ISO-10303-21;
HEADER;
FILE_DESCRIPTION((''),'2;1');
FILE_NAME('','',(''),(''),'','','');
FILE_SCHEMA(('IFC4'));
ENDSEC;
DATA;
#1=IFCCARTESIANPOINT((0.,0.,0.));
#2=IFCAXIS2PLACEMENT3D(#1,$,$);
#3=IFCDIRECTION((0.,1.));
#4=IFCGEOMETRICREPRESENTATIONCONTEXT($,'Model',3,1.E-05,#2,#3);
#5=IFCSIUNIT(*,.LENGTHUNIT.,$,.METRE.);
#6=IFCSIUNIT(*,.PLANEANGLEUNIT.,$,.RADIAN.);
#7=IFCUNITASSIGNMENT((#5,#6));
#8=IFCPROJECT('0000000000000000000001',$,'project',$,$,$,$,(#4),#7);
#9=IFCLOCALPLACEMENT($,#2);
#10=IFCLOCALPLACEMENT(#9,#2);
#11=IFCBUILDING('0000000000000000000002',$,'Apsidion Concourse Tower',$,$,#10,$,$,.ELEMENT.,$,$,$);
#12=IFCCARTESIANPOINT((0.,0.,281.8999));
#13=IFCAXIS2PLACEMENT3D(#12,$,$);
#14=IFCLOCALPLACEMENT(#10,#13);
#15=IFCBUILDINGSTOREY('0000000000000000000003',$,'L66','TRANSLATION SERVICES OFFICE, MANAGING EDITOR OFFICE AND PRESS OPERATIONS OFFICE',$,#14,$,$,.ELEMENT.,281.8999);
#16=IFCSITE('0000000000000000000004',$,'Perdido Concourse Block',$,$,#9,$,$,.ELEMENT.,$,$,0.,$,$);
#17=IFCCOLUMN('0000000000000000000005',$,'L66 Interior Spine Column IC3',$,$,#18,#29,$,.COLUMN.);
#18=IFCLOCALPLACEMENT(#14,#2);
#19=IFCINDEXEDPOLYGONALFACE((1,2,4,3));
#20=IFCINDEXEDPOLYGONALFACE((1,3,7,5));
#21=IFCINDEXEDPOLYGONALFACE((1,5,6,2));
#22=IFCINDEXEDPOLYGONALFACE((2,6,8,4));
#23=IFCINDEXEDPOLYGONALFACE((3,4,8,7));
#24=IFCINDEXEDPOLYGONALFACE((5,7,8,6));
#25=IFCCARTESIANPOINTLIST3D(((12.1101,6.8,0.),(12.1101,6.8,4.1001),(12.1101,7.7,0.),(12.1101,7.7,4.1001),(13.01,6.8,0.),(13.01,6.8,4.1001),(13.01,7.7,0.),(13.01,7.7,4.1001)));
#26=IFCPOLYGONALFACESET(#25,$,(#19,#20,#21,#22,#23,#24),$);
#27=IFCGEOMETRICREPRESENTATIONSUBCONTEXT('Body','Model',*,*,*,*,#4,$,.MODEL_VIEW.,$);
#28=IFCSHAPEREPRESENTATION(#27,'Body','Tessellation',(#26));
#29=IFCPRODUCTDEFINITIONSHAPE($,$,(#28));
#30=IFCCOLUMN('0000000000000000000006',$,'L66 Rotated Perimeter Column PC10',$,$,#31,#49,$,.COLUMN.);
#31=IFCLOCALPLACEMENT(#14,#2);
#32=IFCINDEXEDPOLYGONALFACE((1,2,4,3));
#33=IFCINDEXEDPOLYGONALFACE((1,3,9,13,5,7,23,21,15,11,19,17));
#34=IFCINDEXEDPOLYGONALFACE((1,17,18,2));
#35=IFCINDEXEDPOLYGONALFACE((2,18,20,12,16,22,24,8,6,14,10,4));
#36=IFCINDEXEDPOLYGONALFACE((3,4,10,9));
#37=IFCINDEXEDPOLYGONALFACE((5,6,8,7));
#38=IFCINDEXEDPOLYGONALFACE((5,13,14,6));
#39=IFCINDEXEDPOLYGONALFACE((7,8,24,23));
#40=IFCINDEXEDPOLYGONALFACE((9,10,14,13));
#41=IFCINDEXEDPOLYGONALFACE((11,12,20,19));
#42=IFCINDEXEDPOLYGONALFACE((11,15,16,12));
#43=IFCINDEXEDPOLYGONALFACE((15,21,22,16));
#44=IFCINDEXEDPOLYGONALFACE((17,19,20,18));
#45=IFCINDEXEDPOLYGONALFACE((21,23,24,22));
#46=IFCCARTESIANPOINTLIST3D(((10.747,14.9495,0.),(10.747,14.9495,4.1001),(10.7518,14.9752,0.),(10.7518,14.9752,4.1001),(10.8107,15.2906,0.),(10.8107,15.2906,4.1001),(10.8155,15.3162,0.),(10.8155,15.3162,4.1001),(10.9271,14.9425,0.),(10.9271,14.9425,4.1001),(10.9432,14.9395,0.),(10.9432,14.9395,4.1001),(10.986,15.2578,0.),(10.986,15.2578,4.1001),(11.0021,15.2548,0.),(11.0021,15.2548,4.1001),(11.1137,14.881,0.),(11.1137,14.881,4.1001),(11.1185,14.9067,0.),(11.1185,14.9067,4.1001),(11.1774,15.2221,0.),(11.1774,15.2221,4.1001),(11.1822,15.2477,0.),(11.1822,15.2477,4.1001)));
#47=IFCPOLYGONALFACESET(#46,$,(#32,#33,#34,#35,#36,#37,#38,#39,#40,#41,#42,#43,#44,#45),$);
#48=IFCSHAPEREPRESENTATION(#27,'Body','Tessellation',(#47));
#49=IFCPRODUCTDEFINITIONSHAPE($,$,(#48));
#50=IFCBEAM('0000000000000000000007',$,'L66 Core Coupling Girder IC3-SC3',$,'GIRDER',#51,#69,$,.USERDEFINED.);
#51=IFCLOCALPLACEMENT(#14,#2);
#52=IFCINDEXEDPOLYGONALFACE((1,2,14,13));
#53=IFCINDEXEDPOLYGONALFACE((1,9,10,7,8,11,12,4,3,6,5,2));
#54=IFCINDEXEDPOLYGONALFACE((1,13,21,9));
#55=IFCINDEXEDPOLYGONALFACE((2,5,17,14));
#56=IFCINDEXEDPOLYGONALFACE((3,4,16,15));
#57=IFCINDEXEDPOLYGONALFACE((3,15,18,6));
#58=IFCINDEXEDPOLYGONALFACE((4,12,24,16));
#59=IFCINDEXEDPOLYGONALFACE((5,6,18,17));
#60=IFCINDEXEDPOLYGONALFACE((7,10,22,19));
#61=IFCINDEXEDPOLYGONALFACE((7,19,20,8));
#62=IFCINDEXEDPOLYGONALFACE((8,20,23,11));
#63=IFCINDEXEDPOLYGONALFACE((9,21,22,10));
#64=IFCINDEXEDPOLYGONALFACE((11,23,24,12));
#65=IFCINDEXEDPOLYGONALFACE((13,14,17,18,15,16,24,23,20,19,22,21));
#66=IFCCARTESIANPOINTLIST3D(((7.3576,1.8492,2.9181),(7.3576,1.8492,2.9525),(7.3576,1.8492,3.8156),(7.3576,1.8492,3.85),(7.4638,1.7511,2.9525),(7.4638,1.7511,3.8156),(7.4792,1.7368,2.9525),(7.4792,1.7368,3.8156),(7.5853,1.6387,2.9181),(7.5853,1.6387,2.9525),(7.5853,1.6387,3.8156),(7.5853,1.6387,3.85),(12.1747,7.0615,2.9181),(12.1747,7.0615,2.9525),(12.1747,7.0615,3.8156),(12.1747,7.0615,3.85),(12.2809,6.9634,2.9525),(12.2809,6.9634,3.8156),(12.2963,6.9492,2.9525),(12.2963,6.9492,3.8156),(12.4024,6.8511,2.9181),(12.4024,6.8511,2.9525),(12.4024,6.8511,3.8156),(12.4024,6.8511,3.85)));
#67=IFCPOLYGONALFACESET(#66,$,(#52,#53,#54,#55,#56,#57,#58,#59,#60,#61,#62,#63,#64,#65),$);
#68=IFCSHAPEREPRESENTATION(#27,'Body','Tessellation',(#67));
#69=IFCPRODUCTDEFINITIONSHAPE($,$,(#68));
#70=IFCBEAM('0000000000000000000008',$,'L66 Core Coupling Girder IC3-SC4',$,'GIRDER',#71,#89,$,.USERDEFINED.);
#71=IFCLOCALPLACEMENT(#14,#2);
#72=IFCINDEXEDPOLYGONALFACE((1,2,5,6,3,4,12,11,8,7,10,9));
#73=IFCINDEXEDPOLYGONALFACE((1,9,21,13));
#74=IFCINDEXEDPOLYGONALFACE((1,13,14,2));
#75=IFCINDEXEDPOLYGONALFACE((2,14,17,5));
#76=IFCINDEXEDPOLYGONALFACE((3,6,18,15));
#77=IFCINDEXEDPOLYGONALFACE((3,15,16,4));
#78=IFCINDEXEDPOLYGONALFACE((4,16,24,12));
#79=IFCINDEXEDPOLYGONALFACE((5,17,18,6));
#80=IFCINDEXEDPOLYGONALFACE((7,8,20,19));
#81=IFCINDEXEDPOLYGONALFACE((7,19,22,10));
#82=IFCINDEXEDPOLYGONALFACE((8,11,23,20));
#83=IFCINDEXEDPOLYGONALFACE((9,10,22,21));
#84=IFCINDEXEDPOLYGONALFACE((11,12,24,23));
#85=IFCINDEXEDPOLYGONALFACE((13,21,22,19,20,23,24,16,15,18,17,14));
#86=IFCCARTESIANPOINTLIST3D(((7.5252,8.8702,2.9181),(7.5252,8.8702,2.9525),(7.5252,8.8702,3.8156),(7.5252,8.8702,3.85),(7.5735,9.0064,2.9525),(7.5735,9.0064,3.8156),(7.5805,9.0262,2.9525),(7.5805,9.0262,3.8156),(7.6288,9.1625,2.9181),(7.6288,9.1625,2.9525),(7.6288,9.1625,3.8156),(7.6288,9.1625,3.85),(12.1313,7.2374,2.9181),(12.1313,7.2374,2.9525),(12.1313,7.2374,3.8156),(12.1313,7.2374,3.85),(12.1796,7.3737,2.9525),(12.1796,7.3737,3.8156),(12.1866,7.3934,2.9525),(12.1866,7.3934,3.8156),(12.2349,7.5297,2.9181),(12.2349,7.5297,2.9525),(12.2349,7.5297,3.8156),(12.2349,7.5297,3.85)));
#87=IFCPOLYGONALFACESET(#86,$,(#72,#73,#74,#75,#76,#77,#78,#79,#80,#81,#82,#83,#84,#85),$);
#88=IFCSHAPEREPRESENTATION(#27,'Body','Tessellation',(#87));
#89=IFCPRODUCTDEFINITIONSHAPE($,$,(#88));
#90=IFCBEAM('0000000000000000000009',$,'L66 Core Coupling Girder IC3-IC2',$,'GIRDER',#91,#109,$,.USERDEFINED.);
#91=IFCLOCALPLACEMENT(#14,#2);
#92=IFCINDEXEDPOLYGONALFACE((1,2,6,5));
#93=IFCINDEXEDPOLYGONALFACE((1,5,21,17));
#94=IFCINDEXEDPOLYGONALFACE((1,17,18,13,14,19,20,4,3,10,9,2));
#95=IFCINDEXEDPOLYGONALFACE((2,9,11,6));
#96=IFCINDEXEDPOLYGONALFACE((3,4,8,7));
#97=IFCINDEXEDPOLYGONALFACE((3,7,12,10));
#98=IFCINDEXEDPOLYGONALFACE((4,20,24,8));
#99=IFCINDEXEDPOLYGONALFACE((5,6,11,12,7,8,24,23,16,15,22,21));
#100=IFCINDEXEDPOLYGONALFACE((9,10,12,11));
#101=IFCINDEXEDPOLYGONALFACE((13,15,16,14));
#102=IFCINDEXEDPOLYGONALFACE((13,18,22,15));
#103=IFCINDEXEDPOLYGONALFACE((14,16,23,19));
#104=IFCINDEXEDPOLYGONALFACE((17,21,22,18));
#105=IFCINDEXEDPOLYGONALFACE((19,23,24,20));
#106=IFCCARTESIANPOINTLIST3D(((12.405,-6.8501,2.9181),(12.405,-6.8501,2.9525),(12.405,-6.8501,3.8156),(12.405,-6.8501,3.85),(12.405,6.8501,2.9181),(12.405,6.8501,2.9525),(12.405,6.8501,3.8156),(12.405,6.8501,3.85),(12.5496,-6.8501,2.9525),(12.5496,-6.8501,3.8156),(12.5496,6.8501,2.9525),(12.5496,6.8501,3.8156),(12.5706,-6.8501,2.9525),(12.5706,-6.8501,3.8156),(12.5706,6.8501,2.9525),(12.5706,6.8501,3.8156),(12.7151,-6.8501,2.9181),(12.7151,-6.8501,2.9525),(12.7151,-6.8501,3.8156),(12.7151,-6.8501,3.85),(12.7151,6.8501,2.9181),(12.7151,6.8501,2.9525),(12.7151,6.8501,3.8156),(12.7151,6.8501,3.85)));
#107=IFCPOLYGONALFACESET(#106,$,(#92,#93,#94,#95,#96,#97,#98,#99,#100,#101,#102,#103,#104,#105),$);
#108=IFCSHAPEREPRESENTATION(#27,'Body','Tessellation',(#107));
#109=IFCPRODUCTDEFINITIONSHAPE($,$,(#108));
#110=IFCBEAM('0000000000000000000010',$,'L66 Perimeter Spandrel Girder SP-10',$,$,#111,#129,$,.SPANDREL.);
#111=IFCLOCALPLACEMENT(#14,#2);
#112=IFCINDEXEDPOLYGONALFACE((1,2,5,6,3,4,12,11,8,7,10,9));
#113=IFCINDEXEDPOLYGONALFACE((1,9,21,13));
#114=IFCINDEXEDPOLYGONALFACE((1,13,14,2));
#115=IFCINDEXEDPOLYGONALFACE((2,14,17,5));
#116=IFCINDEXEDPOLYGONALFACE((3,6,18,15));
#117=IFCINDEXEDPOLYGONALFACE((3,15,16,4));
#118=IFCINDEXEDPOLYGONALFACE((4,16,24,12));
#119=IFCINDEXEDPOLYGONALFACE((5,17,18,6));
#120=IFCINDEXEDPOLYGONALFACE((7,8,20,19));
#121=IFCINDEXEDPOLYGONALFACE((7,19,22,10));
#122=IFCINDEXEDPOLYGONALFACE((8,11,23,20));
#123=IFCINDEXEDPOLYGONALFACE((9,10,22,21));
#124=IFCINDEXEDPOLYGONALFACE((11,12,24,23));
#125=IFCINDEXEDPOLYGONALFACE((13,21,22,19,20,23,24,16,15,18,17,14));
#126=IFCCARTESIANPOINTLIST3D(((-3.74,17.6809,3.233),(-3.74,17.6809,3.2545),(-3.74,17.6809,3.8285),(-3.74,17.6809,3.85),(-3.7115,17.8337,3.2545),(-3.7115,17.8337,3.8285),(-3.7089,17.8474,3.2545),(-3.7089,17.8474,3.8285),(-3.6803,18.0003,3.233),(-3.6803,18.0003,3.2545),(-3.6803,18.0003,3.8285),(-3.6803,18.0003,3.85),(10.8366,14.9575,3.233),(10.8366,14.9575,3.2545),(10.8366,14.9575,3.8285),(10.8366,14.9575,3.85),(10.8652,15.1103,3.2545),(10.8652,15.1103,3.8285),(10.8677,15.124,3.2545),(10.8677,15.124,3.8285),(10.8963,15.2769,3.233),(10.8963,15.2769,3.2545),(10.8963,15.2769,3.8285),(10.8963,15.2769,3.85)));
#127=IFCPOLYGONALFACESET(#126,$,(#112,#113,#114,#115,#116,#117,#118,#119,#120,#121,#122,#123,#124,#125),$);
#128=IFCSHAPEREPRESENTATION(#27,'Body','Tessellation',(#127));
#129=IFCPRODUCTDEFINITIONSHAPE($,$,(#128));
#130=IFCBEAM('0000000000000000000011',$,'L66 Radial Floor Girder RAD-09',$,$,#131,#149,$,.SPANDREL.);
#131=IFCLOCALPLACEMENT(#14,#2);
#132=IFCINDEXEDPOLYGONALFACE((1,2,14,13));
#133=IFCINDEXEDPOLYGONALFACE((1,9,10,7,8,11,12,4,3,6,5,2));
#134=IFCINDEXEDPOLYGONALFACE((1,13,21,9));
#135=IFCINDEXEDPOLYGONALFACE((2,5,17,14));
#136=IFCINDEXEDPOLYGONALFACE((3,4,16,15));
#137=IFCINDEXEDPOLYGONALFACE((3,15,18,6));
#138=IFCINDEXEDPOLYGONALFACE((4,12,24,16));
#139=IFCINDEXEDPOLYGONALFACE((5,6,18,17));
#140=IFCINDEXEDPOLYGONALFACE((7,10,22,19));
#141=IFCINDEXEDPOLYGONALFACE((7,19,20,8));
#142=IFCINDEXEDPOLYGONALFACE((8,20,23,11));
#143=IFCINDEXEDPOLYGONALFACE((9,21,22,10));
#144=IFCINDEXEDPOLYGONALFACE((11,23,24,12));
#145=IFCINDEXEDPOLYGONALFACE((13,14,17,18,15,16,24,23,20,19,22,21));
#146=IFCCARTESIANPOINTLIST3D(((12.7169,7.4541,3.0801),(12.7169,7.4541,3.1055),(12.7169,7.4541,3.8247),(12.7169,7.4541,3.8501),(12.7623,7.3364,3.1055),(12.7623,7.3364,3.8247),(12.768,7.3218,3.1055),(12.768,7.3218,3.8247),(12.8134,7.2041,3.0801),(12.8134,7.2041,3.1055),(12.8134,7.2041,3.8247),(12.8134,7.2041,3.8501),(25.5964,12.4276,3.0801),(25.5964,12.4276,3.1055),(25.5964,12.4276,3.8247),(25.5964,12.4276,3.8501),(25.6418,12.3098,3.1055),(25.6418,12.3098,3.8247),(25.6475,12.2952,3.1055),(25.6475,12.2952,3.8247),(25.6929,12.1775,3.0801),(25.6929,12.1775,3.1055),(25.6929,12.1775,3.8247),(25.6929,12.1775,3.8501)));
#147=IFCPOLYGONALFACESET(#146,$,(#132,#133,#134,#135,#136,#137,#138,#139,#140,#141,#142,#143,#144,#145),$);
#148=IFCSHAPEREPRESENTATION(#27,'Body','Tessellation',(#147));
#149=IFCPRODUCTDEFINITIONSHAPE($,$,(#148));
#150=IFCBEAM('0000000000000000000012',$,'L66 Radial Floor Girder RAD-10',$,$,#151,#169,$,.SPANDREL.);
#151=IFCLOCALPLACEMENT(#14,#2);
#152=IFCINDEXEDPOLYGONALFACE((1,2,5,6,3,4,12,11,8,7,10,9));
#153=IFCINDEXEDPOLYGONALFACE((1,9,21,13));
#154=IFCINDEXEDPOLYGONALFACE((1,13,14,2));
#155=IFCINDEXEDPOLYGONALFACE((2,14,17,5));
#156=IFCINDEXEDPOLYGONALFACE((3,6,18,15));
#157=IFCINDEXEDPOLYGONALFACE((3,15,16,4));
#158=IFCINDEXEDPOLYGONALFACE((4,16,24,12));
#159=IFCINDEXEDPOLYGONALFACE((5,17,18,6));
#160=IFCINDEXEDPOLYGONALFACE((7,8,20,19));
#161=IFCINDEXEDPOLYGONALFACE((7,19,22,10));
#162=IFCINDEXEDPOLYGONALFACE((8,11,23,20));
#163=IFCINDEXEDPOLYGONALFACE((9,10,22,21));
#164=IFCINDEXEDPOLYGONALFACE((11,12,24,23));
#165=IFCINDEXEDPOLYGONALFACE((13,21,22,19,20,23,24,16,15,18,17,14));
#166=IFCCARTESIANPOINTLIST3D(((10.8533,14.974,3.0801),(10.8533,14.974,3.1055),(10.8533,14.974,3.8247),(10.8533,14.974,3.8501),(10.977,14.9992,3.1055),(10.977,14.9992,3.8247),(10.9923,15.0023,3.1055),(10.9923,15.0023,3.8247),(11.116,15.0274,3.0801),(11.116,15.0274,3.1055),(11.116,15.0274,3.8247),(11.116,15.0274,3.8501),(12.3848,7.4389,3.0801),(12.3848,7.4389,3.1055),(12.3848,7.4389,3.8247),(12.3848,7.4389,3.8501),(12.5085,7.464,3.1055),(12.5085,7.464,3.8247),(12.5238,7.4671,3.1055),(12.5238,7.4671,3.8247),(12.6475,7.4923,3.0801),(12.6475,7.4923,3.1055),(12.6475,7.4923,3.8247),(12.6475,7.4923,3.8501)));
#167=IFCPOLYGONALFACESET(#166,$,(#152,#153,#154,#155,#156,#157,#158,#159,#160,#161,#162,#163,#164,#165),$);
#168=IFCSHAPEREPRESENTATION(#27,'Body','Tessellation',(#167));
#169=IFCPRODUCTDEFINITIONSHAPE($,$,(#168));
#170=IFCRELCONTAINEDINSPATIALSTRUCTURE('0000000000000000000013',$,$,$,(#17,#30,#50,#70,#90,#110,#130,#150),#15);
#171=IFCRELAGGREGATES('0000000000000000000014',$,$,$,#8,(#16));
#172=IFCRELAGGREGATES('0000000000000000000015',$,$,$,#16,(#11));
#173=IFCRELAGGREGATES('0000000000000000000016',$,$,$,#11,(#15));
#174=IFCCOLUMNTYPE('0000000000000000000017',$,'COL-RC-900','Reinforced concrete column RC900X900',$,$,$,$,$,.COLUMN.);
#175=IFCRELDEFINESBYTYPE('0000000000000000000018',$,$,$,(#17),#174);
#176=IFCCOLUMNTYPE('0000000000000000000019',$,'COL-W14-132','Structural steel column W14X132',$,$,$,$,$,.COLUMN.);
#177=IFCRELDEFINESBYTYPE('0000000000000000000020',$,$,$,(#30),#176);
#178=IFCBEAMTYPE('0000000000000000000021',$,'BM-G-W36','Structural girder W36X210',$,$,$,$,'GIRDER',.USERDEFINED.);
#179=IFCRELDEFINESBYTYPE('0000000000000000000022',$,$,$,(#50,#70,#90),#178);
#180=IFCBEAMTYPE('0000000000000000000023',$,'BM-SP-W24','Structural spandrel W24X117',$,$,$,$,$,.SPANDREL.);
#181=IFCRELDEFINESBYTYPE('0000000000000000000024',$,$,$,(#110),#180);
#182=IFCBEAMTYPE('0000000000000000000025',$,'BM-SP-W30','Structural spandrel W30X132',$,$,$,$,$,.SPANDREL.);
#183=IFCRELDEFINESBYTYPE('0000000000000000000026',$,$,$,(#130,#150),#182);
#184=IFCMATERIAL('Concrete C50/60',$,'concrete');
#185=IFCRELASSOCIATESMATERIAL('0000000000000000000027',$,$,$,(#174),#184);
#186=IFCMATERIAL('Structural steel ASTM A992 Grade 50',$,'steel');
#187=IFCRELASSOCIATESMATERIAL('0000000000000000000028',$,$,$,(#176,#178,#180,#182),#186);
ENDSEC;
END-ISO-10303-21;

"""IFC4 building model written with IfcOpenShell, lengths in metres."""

from ifc_helpers import new_model, si_unit, direction, frame, origin, origin_2d, place, context, subcontext, project, spatial, rectangle, i_section, extrude, material, material_profile, profile_set, type_object, element, save


model = new_model("IFC4")

# Units and contexts
model_context = context("Model", 3, precision=1e-05, world=origin(), true_north=direction((0.0, 1.0)))
body_context = subcontext(model_context, "Body", "Model", "MODEL_VIEW")
ifc_project = project(units=[si_unit("LENGTHUNIT", "METRE"), si_unit("PLANEANGLEUNIT", "RADIAN")], contexts=[model_context])

# Site, building, storey
site_placement = place(None, origin())
site = spatial("IfcSite", under=ifc_project, at=site_placement, Name="Perdido Concourse Block", CompositionType="ELEMENT", RefElevation=0.0)
building_placement = place(site_placement, origin())
building = spatial("IfcBuilding", under=site, at=building_placement, Name="Apsidion Concourse Tower", CompositionType="ELEMENT")
storey_placement = place(building_placement, frame((0.0, 0.0, 281.8999)))
storey = spatial("IfcBuildingStorey", under=building, at=storey_placement, Name="L66", Description="TRANSLATION SERVICES OFFICE, MANAGING EDITOR OFFICE AND PRESS OPERATIONS OFFICE", CompositionType="ELEMENT", Elevation=281.8999)

# Columns
ifc_material_1 = material(Name="Concrete C50/60", Category="concrete")
ifc_material_profile_1 = material_profile(ifc_material_1, rectangle(XDim=0.8999, YDim=0.8999, at=origin_2d()), Name="RC 900x900")
ifc_profile_set_1 = profile_set([ifc_material_profile_1], Name="Concrete C50/60")
column_type_1 = type_object("IfcColumnType", Name="COL-RC-900", Description="Reinforced concrete column RC900X900", PredefinedType="COLUMN", material=ifc_profile_set_1)
column_1_placement = place(storey_placement, frame((12.5601, 7.25, 0.0), z_axis=(0.0, 0.0, 1.0), x_axis=(1.0, 0.0, 0.0)))
element("IfcColumn", 1, at=column_1_placement, inside=storey, type_object=column_type_1, Name="L66 Interior Spine Column IC3", PredefinedType="COLUMN", context=body_context, shape_type="SweptSolid", body=[
    extrude(rectangle(XDim=0.8999, YDim=0.8999, at=origin_2d()), origin(), (0.0, 0.0, 1.0), 4.1001),
])
ifc_material_2 = material(Name="Structural steel ASTM A992 Grade 50", Category="steel")
ifc_material_profile_2 = material_profile(ifc_material_2, i_section(OverallWidth=0.373, OverallDepth=0.373, WebThickness=0.0164, FlangeThickness=0.0261, at=origin_2d()), Name="W14X132")
ifc_profile_set_2 = profile_set([ifc_material_profile_2], Name="Structural steel ASTM A992 Grade 50")
column_type_2 = type_object("IfcColumnType", Name="COL-W14-132", Description="Structural steel column W14X132", PredefinedType="COLUMN", material=ifc_profile_set_2)
column_2_placement = place(storey_placement, frame((10.9646, 15.0986, 0.0), z_axis=(0.0, 0.0, 1.0), x_axis=(-0.983, 0.183608, 0.0)))
element("IfcColumn", 2, at=column_2_placement, inside=storey, type_object=column_type_2, Name="L66 Rotated Perimeter Column PC10", PredefinedType="COLUMN", context=body_context, shape_type="SweptSolid", body=[
    extrude(i_section(OverallWidth=0.373, OverallDepth=0.373, WebThickness=0.0164, FlangeThickness=0.0261, at=origin_2d()), origin(), (0.0, 0.0, 1.0), 4.1001),
])

# Beams
ifc_material_profile_3 = material_profile(ifc_material_2, i_section(OverallWidth=0.3101, OverallDepth=0.9319, WebThickness=0.021, FlangeThickness=0.0344, at=origin_2d()), Name="W36X210")
ifc_profile_set_3 = profile_set([ifc_material_profile_3], Name="Structural steel ASTM A992 Grade 50")
beam_type_1 = type_object("IfcBeamType", Name="BM-G-W36", Description="Structural girder W36X210", ElementType="GIRDER", PredefinedType="USERDEFINED", material=ifc_profile_set_3)
beam_1_placement = place(storey_placement, frame((12.2886, 6.9563, 3.384), z_axis=(-0.678713, -0.734404, 0.0), x_axis=(0.734404, -0.678713, 0.0)))
element("IfcBeam", 3, at=beam_1_placement, inside=storey, type_object=beam_type_1, Name="L66 Core Coupling Girder IC3-SC3", ObjectType="GIRDER", PredefinedType="USERDEFINED", context=body_context, shape_type="SweptSolid", body=[
    extrude(i_section(OverallWidth=0.3101, OverallDepth=0.9319, WebThickness=0.021, FlangeThickness=0.0344, at=origin_2d()), origin(), (0.0, 0.0, 1.0), 7.0974),
])
beam_2_placement = place(storey_placement, frame((12.1831, 7.3835, 3.384), z_axis=(-0.942534, 0.334111, 0.0), x_axis=(-0.334111, -0.942534, 0.0)))
element("IfcBeam", 4, at=beam_2_placement, inside=storey, type_object=beam_type_1, Name="L66 Core Coupling Girder IC3-SC4", ObjectType="GIRDER", PredefinedType="USERDEFINED", context=body_context, shape_type="SweptSolid", body=[
    extrude(i_section(OverallWidth=0.3101, OverallDepth=0.9319, WebThickness=0.021, FlangeThickness=0.0344, at=origin_2d()), origin(), (0.0, 0.0, 1.0), 4.887),
])
beam_3_placement = place(storey_placement, frame((12.5601, 6.8501, 3.384), z_axis=(0.0, -1.0, 0.0), x_axis=(1.0, 0.0, 0.0)))
element("IfcBeam", 5, at=beam_3_placement, inside=storey, type_object=beam_type_1, Name="L66 Core Coupling Girder IC3-IC2", ObjectType="GIRDER", PredefinedType="USERDEFINED", context=body_context, shape_type="SweptSolid", body=[
    extrude(i_section(OverallWidth=0.3101, OverallDepth=0.9319, WebThickness=0.021, FlangeThickness=0.0344, at=origin_2d()), origin(), (0.0, 0.0, 1.0), 13.7002),
])
ifc_material_profile_4 = material_profile(ifc_material_2, i_section(OverallWidth=0.325, OverallDepth=0.6169, WebThickness=0.0139, FlangeThickness=0.0215, at=origin_2d()), Name="W24X117")
ifc_profile_set_4 = profile_set([ifc_material_profile_4], Name="Structural steel ASTM A992 Grade 50")
beam_type_2 = type_object("IfcBeamType", Name="BM-SP-W24", Description="Structural spandrel W24X117", PredefinedType="SPANDREL", material=ifc_profile_set_4)
beam_4_placement = place(storey_placement, frame((10.8665, 15.1172, 3.5415), z_axis=(-0.982991, 0.183654, 0.0), x_axis=(-0.183654, -0.982991, 0.0)))
element("IfcBeam", 6, at=beam_4_placement, inside=storey, type_object=beam_type_2, Name="L66 Perimeter Spandrel Girder SP-10", PredefinedType="SPANDREL", context=body_context, shape_type="SweptSolid", body=[
    extrude(i_section(OverallWidth=0.325, OverallDepth=0.6169, WebThickness=0.0139, FlangeThickness=0.0215, at=origin_2d()), origin(), (0.0, 0.0, 1.0), 14.8289),
])
ifc_material_profile_5 = material_profile(ifc_material_2, i_section(OverallWidth=0.2681, OverallDepth=0.77, WebThickness=0.0156, FlangeThickness=0.0254, at=origin_2d()), Name="W30X132")
ifc_profile_set_5 = profile_set([ifc_material_profile_5], Name="Structural steel ASTM A992 Grade 50")
beam_type_3 = type_object("IfcBeamType", Name="BM-SP-W30", Description="Structural spandrel W30X132", PredefinedType="SPANDREL", material=ifc_profile_set_5)
beam_5_placement = place(storey_placement, frame((12.7651, 7.3291, 3.4651), z_axis=(0.932865, 0.360227, 0.0), x_axis=(-0.360227, 0.932865, 0.0)))
element("IfcBeam", 7, at=beam_5_placement, inside=storey, type_object=beam_type_3, Name="L66 Radial Floor Girder RAD-09", PredefinedType="SPANDREL", context=body_context, shape_type="SweptSolid", body=[
    extrude(i_section(OverallWidth=0.2681, OverallDepth=0.77, WebThickness=0.0156, FlangeThickness=0.0254, at=origin_2d()), origin(), (0.0, 0.0, 1.0), 13.8064),
])
beam_6_placement = place(storey_placement, frame((12.5161, 7.4656, 3.4651), z_axis=(-0.199174, 0.979964, 0.0), x_axis=(-0.979964, -0.199174, 0.0)))
element("IfcBeam", 8, at=beam_6_placement, inside=storey, type_object=beam_type_3, Name="L66 Radial Floor Girder RAD-10", PredefinedType="SPANDREL", context=body_context, shape_type="SweptSolid", body=[
    extrude(i_section(OverallWidth=0.2681, OverallDepth=0.77, WebThickness=0.0156, FlangeThickness=0.0254, at=origin_2d()), origin(), (0.0, 0.0, 1.0), 7.6892),
])

save(model, "model.ifc")
